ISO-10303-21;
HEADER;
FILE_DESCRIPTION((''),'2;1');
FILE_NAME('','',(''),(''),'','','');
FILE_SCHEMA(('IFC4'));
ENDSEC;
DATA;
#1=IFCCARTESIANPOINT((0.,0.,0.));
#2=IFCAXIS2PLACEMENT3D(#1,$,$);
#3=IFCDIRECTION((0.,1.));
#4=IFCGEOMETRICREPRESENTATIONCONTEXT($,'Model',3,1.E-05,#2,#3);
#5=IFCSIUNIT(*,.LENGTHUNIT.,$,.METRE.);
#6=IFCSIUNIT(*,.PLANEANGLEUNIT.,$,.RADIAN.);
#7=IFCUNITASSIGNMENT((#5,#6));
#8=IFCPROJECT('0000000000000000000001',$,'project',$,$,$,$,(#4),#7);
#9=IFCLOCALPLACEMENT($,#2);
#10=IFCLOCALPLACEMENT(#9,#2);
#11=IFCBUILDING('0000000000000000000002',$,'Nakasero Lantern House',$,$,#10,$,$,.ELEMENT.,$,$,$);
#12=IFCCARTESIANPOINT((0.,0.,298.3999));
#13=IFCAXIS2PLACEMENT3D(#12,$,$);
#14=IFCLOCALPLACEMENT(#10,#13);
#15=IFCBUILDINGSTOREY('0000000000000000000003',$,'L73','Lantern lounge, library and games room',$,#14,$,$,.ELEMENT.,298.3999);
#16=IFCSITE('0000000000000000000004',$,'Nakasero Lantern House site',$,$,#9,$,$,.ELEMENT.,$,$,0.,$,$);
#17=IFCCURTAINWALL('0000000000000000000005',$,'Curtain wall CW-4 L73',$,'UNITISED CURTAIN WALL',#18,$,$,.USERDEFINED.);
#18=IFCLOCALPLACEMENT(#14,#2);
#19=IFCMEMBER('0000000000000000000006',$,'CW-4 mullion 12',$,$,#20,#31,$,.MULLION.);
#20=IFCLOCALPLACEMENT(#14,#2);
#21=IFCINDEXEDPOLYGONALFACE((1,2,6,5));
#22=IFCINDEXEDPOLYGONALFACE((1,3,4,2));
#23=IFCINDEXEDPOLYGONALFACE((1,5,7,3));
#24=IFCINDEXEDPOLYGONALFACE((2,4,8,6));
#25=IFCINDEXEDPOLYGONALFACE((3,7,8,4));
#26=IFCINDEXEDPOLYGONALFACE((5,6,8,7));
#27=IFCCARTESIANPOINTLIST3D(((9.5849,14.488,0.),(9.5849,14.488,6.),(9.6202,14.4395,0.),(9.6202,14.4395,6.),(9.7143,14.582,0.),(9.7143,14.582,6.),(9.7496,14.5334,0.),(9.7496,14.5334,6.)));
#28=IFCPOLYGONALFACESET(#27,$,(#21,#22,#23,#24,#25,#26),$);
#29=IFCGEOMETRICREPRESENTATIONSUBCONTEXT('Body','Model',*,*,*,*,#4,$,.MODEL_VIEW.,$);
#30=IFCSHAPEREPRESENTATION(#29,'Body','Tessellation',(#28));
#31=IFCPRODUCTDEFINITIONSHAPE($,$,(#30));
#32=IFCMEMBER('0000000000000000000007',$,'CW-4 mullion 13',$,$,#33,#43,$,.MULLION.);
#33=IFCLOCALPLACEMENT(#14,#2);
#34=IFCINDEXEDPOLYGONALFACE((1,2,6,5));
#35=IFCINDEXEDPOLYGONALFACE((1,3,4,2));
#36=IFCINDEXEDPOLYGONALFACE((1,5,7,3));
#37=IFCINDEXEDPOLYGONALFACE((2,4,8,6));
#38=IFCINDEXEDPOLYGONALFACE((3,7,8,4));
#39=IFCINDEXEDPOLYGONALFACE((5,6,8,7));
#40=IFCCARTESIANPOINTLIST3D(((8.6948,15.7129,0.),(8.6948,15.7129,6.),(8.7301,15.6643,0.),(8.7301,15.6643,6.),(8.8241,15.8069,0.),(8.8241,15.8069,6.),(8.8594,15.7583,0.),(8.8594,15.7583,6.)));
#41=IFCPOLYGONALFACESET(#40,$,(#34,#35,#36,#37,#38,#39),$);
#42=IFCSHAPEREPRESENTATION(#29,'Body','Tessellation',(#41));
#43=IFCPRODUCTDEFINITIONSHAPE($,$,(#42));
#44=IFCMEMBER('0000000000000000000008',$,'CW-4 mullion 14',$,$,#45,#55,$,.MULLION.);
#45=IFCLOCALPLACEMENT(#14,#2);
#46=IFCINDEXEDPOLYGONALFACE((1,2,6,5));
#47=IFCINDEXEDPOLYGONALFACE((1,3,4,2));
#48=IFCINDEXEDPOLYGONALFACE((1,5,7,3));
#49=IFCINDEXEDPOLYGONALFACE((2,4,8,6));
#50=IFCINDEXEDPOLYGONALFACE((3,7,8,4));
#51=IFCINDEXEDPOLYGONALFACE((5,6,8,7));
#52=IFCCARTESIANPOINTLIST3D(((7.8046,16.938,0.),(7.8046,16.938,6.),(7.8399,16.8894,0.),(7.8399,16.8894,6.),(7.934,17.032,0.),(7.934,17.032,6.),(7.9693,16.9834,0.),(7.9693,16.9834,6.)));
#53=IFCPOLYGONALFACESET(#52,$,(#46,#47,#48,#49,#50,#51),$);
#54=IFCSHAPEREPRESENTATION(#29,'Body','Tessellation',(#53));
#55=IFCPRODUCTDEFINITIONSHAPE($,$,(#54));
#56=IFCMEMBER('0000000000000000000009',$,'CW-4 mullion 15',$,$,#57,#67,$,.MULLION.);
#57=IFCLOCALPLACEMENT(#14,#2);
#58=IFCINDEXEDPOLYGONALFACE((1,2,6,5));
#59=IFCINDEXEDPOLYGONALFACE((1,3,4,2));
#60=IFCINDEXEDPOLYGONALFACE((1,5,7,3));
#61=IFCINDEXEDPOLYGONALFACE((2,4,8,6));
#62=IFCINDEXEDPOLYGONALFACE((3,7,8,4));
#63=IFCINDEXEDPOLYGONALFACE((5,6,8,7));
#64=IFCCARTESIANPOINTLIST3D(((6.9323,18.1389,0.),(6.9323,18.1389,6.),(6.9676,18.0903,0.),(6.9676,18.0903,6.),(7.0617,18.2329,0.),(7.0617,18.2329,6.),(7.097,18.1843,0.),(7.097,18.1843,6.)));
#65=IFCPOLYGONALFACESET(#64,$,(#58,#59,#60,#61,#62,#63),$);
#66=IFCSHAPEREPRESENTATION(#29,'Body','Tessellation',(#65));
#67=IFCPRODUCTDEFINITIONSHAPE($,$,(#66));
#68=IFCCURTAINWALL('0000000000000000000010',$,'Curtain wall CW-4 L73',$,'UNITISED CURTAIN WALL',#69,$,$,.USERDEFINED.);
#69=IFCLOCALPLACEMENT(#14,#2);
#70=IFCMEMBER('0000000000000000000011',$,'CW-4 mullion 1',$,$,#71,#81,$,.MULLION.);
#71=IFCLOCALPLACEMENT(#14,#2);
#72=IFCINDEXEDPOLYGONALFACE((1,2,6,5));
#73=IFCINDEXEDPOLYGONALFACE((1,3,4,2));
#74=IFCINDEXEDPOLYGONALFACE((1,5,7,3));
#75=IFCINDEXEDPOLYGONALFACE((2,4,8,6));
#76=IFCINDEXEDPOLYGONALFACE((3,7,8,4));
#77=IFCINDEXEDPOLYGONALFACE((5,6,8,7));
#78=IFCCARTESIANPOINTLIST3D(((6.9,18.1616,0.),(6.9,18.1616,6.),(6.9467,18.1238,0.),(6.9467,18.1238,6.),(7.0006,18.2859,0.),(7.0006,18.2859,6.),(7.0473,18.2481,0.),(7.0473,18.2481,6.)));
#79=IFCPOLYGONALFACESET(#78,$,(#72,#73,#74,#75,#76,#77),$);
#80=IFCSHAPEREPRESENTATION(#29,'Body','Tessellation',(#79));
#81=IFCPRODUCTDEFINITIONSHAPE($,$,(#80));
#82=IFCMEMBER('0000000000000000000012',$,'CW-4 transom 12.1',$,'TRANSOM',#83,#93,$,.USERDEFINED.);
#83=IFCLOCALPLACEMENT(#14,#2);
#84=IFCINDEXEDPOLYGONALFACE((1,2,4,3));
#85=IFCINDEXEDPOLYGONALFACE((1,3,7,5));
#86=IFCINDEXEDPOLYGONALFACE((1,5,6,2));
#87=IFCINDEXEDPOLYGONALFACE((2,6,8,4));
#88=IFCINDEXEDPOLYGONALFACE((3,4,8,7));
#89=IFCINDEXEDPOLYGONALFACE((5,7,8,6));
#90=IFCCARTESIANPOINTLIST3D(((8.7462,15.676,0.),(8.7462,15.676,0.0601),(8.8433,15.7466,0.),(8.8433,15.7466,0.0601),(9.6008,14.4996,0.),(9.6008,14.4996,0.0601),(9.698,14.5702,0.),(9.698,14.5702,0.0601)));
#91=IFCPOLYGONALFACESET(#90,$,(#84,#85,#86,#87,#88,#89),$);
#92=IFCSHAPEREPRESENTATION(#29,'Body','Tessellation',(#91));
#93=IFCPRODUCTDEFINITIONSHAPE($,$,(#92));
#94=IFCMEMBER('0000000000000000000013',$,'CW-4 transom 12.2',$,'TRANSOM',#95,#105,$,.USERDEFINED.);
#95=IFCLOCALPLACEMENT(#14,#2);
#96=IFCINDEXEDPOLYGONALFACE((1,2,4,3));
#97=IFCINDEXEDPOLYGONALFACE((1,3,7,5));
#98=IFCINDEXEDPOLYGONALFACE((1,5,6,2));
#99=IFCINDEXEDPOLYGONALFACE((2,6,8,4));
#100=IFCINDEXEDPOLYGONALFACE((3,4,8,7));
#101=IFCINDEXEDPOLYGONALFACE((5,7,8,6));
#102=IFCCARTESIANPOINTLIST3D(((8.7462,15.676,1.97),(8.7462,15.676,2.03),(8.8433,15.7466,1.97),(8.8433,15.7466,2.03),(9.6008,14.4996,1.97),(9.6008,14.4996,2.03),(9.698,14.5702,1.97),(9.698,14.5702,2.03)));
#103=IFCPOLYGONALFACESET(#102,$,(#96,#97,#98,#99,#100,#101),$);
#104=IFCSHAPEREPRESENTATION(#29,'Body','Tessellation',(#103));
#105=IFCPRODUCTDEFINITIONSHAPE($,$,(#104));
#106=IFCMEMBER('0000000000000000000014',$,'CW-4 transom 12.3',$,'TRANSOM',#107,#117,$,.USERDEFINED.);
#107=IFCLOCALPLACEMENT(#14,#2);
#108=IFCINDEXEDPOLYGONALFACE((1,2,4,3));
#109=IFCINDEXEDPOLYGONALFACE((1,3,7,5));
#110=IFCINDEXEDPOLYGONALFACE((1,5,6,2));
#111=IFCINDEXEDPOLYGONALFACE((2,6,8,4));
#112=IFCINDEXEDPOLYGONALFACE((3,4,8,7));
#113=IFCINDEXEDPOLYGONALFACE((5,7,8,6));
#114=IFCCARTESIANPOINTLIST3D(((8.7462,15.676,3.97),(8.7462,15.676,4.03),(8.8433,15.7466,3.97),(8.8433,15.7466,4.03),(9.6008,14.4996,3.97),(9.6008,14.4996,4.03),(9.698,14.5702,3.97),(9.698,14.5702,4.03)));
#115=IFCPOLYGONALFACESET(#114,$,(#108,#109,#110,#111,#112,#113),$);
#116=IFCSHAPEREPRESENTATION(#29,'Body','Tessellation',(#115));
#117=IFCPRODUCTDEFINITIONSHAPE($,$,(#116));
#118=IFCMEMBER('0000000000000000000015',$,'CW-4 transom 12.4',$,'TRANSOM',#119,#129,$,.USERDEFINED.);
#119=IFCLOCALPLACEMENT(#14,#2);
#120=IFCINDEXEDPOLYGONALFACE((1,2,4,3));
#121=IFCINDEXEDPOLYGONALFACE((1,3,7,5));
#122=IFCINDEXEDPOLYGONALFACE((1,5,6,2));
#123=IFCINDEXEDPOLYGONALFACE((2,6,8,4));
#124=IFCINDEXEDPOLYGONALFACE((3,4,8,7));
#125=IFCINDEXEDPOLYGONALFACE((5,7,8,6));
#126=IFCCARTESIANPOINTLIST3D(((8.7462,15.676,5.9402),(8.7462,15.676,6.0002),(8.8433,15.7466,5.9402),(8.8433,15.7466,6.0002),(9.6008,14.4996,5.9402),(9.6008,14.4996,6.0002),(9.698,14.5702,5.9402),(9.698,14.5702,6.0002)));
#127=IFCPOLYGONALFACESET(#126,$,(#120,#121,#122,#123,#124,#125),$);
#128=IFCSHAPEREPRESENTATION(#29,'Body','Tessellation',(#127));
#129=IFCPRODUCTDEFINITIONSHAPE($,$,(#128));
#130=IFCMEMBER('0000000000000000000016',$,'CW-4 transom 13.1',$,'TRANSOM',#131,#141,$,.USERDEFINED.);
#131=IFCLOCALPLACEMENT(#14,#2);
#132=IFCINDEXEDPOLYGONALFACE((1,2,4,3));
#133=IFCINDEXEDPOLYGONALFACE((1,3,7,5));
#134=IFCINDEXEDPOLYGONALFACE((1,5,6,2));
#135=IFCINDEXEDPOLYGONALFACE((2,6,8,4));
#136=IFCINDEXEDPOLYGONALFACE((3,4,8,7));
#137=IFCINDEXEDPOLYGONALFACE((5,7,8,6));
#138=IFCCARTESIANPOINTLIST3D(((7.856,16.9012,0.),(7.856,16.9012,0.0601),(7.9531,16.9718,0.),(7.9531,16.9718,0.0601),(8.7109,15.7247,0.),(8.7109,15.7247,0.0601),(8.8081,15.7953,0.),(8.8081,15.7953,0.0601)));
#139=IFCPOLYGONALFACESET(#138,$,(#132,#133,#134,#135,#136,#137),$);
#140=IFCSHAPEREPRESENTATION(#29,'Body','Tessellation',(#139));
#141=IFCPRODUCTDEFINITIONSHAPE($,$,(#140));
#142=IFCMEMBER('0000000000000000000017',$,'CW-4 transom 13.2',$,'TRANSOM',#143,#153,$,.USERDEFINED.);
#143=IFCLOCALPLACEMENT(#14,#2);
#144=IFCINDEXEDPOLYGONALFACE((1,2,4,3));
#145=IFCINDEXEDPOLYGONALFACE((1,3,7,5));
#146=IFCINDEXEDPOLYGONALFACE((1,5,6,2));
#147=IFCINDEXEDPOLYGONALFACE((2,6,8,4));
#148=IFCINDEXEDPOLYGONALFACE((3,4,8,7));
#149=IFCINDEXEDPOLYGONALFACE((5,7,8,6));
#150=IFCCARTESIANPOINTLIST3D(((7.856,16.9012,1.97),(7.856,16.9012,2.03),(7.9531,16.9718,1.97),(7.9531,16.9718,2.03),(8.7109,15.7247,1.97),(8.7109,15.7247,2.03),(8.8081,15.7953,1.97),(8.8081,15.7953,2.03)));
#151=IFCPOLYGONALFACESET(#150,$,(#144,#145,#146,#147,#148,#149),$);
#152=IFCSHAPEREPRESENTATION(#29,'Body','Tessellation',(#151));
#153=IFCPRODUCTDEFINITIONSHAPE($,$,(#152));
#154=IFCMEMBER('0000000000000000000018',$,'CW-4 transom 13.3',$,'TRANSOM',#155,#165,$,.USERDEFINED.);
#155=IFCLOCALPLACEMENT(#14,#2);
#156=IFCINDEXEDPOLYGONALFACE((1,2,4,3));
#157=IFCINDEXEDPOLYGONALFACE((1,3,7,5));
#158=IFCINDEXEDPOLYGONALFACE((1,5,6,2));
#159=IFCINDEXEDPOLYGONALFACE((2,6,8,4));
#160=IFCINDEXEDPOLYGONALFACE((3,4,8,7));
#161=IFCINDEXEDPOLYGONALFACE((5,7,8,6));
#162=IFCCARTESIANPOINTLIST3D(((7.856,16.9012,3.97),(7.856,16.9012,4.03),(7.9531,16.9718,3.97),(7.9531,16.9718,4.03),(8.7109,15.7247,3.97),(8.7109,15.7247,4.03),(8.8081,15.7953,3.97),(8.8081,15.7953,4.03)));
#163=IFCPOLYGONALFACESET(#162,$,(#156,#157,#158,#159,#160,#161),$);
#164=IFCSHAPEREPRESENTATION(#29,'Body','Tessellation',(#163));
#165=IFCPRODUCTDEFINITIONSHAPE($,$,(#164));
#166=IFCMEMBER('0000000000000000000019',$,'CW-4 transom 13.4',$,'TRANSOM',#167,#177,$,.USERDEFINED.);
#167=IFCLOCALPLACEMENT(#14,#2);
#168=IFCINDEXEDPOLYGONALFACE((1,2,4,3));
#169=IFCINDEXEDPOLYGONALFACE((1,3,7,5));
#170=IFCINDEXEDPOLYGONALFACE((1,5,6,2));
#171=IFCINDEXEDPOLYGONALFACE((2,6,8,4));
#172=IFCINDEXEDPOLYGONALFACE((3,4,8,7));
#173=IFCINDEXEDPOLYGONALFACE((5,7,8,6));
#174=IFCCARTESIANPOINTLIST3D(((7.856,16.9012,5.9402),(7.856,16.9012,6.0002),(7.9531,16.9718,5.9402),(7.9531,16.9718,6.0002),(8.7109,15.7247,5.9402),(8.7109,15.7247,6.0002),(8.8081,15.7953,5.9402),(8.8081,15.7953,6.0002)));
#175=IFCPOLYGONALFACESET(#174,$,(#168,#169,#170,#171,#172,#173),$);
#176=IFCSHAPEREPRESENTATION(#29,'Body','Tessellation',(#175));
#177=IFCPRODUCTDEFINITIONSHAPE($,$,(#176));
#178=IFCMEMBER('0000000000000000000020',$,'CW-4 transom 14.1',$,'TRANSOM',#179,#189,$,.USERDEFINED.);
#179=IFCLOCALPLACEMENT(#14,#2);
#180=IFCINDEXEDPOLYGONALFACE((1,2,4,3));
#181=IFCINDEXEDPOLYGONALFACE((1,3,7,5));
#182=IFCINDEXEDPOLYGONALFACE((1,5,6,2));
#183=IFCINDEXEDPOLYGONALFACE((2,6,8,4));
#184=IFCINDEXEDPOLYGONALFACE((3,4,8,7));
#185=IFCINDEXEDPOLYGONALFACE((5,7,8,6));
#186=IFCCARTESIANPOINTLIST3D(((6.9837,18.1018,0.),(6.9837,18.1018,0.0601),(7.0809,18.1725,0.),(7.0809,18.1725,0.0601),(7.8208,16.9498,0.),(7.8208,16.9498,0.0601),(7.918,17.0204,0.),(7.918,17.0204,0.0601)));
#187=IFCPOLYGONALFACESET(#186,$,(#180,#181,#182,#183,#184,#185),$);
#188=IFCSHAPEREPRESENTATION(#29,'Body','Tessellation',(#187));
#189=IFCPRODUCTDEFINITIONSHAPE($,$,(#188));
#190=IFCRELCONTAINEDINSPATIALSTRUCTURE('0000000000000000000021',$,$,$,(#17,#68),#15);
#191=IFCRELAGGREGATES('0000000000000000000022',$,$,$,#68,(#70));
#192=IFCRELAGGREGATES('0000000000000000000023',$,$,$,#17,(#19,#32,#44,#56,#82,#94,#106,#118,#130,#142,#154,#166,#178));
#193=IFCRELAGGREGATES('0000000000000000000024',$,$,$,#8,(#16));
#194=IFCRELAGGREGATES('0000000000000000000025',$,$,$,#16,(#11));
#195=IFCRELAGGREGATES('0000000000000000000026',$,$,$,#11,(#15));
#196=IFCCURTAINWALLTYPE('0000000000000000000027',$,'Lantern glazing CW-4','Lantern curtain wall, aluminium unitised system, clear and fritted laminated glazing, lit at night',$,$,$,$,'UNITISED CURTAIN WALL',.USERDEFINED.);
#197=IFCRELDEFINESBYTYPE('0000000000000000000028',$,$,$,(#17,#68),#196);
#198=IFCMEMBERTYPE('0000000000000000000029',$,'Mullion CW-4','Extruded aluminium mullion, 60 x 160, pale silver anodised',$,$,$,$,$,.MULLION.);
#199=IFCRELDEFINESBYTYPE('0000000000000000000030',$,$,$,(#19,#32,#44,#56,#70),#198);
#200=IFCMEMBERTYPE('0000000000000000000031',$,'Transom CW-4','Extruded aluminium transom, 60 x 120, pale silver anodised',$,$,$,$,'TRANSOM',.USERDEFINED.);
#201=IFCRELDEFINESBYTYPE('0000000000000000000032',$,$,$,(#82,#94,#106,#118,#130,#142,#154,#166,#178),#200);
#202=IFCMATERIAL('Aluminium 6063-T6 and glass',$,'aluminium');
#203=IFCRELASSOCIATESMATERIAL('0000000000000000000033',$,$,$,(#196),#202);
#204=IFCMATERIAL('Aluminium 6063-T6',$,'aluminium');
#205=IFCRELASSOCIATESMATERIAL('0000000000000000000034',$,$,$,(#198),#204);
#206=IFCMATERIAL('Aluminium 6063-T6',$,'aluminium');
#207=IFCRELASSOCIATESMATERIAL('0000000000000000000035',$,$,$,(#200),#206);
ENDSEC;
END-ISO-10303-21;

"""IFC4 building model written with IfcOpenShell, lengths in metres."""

from ifc_helpers import new_model, si_unit, direction, frame, origin, origin_2d, place, context, subcontext, project, spatial, rectangle, extrude, material, material_profile, profile_set, type_object, element, aggregate, save


model = new_model("IFC4")

# Units and contexts
model_context = context("Model", 3, precision=1e-05, world=origin(), true_north=direction((0.0, 1.0)))
body_context = subcontext(model_context, "Body", "Model", "MODEL_VIEW")
ifc_project = project(units=[si_unit("LENGTHUNIT", "METRE"), si_unit("PLANEANGLEUNIT", "RADIAN")], contexts=[model_context])

# Site, building, storey
site_placement = place(None, origin())
site = spatial("IfcSite", under=ifc_project, at=site_placement, Name="Nakasero Lantern House site", CompositionType="ELEMENT", RefElevation=0.0)
building_placement = place(site_placement, origin())
building = spatial("IfcBuilding", under=site, at=building_placement, Name="Nakasero Lantern House", CompositionType="ELEMENT")
storey_placement = place(building_placement, frame((0.0, 0.0, 298.3999)))
storey = spatial("IfcBuildingStorey", under=building, at=storey_placement, Name="L73", Description="Lantern lounge, library and games room", CompositionType="ELEMENT", Elevation=298.3999)

# Curtain wall, members
ifc_material_1 = material(Name="Aluminium 6063-T6 and glass", Category="aluminium")
curtain_wall_type = type_object("IfcCurtainWallType", Name="Lantern glazing CW-4", Description="Lantern curtain wall, aluminium unitised system, clear and fritted laminated glazing, lit at night", ElementType="UNITISED CURTAIN WALL", PredefinedType="USERDEFINED", material=ifc_material_1)
curtain_wall_1_placement = place(storey_placement, origin())
curtain_wall_1 = element("IfcCurtainWall", 1, at=curtain_wall_1_placement, inside=storey, type_object=curtain_wall_type, Name="Curtain wall CW-4 L73", ObjectType="UNITISED CURTAIN WALL", PredefinedType="USERDEFINED")
ifc_material_2 = material(Name="Aluminium 6063-T6", Category="aluminium")
ifc_material_profile_1 = material_profile(ifc_material_2, rectangle(XDim=0.0601, YDim=0.1599, at=origin_2d()), Name="CW-4 mullion 60x160")
ifc_profile_set_1 = profile_set([ifc_material_profile_1], Name="Aluminium 6063-T6")
member_type_1 = type_object("IfcMemberType", Name="Mullion CW-4", Description="Extruded aluminium mullion, 60 x 160, pale silver anodised", PredefinedType="MULLION", material=ifc_profile_set_1)
member_1_placement = place(storey_placement, frame((9.6672, 14.5107, 0.0), z_axis=(0.0, 0.0, 1.0), x_axis=(-0.587785, 0.809017, 0.0)))
member_1 = element("IfcMember", 2, at=member_1_placement, type_object=member_type_1, Name="CW-4 mullion 12", PredefinedType="MULLION", context=body_context, shape_type="SweptSolid", body=[
    extrude(rectangle(XDim=0.0601, YDim=0.1599, at=origin_2d()), origin(), (0.0, 0.0, 1.0), 6.0),
])
member_2_placement = place(storey_placement, frame((8.7771, 15.7356, 0.0), z_axis=(0.0, 0.0, 1.0), x_axis=(-0.587785, 0.809017, 0.0)))
member_2 = element("IfcMember", 3, at=member_2_placement, type_object=member_type_1, Name="CW-4 mullion 13", PredefinedType="MULLION", context=body_context, shape_type="SweptSolid", body=[
    extrude(rectangle(XDim=0.0601, YDim=0.1599, at=origin_2d()), origin(), (0.0, 0.0, 1.0), 6.0),
])
member_3_placement = place(storey_placement, frame((7.887, 16.9607, 0.0), z_axis=(0.0, 0.0, 1.0), x_axis=(-0.587785, 0.809017, 0.0)))
member_3 = element("IfcMember", 4, at=member_3_placement, type_object=member_type_1, Name="CW-4 mullion 14", PredefinedType="MULLION", context=body_context, shape_type="SweptSolid", body=[
    extrude(rectangle(XDim=0.0601, YDim=0.1599, at=origin_2d()), origin(), (0.0, 0.0, 1.0), 6.0),
])
member_4_placement = place(storey_placement, frame((7.0146, 18.1616, 0.0), z_axis=(0.0, 0.0, 1.0), x_axis=(-0.587785, 0.809017, 0.0)))
member_4 = element("IfcMember", 5, at=member_4_placement, type_object=member_type_1, Name="CW-4 mullion 15", PredefinedType="MULLION", context=body_context, shape_type="SweptSolid", body=[
    extrude(rectangle(XDim=0.0601, YDim=0.1599, at=origin_2d()), origin(), (0.0, 0.0, 1.0), 6.0),
])

# Curtain wall, member
curtain_wall_2_placement = place(storey_placement, origin())
curtain_wall_2 = element("IfcCurtainWall", 6, at=curtain_wall_2_placement, inside=storey, type_object=curtain_wall_type, Name="Curtain wall CW-4 L73", ObjectType="UNITISED CURTAIN WALL", PredefinedType="USERDEFINED")
member_5_placement = place(storey_placement, frame((6.9736, 18.2048, 0.0), z_axis=(0.0, 0.0, 1.0), x_axis=(-0.777146, 0.62932, 0.0)))
member_5 = element("IfcMember", 7, at=member_5_placement, type_object=member_type_1, Name="CW-4 mullion 1", PredefinedType="MULLION", context=body_context, shape_type="SweptSolid", body=[
    extrude(rectangle(XDim=0.0601, YDim=0.1599, at=origin_2d()), origin(), (0.0, 0.0, 1.0), 6.0),
])

# Members
ifc_material_3 = material(Name="Aluminium 6063-T6", Category="aluminium")
ifc_material_profile_2 = material_profile(ifc_material_3, rectangle(XDim=0.0601, YDim=0.1201, at=origin_2d()), Name="CW-4 transom 60x120")
ifc_profile_set_2 = profile_set([ifc_material_profile_2], Name="Aluminium 6063-T6")
member_type_2 = type_object("IfcMemberType", Name="Transom CW-4", Description="Extruded aluminium transom, 60 x 120, pale silver anodised", ElementType="TRANSOM", PredefinedType="USERDEFINED", material=ifc_profile_set_2)
member_6_placement = place(storey_placement, frame((9.6494, 14.5349, 0.03), z_axis=(-0.587762, 0.809034, 0.0), x_axis=(0.0, 0.0, 1.0)))
member_6 = element("IfcMember", 8, at=member_6_placement, type_object=member_type_2, Name="CW-4 transom 12.1", ObjectType="TRANSOM", PredefinedType="USERDEFINED", context=body_context, shape_type="SweptSolid", body=[
    extrude(rectangle(XDim=0.0601, YDim=0.1201, at=origin_2d()), origin(), (0.0, 0.0, 1.0), 1.4541),
])
member_7_placement = place(storey_placement, frame((9.6494, 14.5349, 2.0), z_axis=(-0.587762, 0.809034, 0.0), x_axis=(0.0, 0.0, 1.0)))
member_7 = element("IfcMember", 9, at=member_7_placement, type_object=member_type_2, Name="CW-4 transom 12.2", ObjectType="TRANSOM", PredefinedType="USERDEFINED", context=body_context, shape_type="SweptSolid", body=[
    extrude(rectangle(XDim=0.0601, YDim=0.1201, at=origin_2d()), origin(), (0.0, 0.0, 1.0), 1.4541),
])
member_8_placement = place(storey_placement, frame((9.6494, 14.5349, 4.0), z_axis=(-0.587762, 0.809034, 0.0), x_axis=(0.0, 0.0, 1.0)))
member_8 = element("IfcMember", 10, at=member_8_placement, type_object=member_type_2, Name="CW-4 transom 12.3", ObjectType="TRANSOM", PredefinedType="USERDEFINED", context=body_context, shape_type="SweptSolid", body=[
    extrude(rectangle(XDim=0.0601, YDim=0.1201, at=origin_2d()), origin(), (0.0, 0.0, 1.0), 1.4541),
])
member_9_placement = place(storey_placement, frame((9.6494, 14.5349, 5.9702), z_axis=(-0.587762, 0.809034, 0.0), x_axis=(0.0, 0.0, 1.0)))
member_9 = element("IfcMember", 11, at=member_9_placement, type_object=member_type_2, Name="CW-4 transom 12.4", ObjectType="TRANSOM", PredefinedType="USERDEFINED", context=body_context, shape_type="SweptSolid", body=[
    extrude(rectangle(XDim=0.0601, YDim=0.1201, at=origin_2d()), origin(), (0.0, 0.0, 1.0), 1.4541),
])
member_10_placement = place(storey_placement, frame((8.7595, 15.76, 0.03), z_axis=(-0.587872, 0.808954, 0.0), x_axis=(0.0, 0.0, 1.0)))
member_10 = element("IfcMember", 12, at=member_10_placement, type_object=member_type_2, Name="CW-4 transom 13.1", ObjectType="TRANSOM", PredefinedType="USERDEFINED", context=body_context, shape_type="SweptSolid", body=[
    extrude(rectangle(XDim=0.0601, YDim=0.1201, at=origin_2d()), origin(), (0.0, 0.0, 1.0), 1.4543),
])
member_11_placement = place(storey_placement, frame((8.7595, 15.76, 2.0), z_axis=(-0.587872, 0.808954, 0.0), x_axis=(0.0, 0.0, 1.0)))
member_11 = element("IfcMember", 13, at=member_11_placement, type_object=member_type_2, Name="CW-4 transom 13.2", ObjectType="TRANSOM", PredefinedType="USERDEFINED", context=body_context, shape_type="SweptSolid", body=[
    extrude(rectangle(XDim=0.0601, YDim=0.1201, at=origin_2d()), origin(), (0.0, 0.0, 1.0), 1.4543),
])
member_12_placement = place(storey_placement, frame((8.7595, 15.76, 4.0), z_axis=(-0.587872, 0.808954, 0.0), x_axis=(0.0, 0.0, 1.0)))
member_12 = element("IfcMember", 14, at=member_12_placement, type_object=member_type_2, Name="CW-4 transom 13.3", ObjectType="TRANSOM", PredefinedType="USERDEFINED", context=body_context, shape_type="SweptSolid", body=[
    extrude(rectangle(XDim=0.0601, YDim=0.1201, at=origin_2d()), origin(), (0.0, 0.0, 1.0), 1.4543),
])
member_13_placement = place(storey_placement, frame((8.7595, 15.76, 5.9702), z_axis=(-0.587872, 0.808954, 0.0), x_axis=(0.0, 0.0, 1.0)))
member_13 = element("IfcMember", 15, at=member_13_placement, type_object=member_type_2, Name="CW-4 transom 13.4", ObjectType="TRANSOM", PredefinedType="USERDEFINED", context=body_context, shape_type="SweptSolid", body=[
    extrude(rectangle(XDim=0.0601, YDim=0.1201, at=origin_2d()), origin(), (0.0, 0.0, 1.0), 1.4543),
])
member_14_placement = place(storey_placement, frame((7.8694, 16.9851, 0.03), z_axis=(-0.587835, 0.808981, 0.0), x_axis=(0.0, 0.0, 1.0)))
member_14 = element("IfcMember", 16, at=member_14_placement, type_object=member_type_2, Name="CW-4 transom 14.1", ObjectType="TRANSOM", PredefinedType="USERDEFINED", context=body_context, shape_type="SweptSolid", body=[
    extrude(rectangle(XDim=0.0601, YDim=0.1201, at=origin_2d()), origin(), (0.0, 0.0, 1.0), 1.4241),
])
aggregate(curtain_wall_2, [member_5])

aggregate(curtain_wall_1, [member_1, member_2, member_3, member_4, member_6, member_7, member_8, member_9, member_10, member_11, member_12, member_13, member_14])

save(model, "model.ifc")
